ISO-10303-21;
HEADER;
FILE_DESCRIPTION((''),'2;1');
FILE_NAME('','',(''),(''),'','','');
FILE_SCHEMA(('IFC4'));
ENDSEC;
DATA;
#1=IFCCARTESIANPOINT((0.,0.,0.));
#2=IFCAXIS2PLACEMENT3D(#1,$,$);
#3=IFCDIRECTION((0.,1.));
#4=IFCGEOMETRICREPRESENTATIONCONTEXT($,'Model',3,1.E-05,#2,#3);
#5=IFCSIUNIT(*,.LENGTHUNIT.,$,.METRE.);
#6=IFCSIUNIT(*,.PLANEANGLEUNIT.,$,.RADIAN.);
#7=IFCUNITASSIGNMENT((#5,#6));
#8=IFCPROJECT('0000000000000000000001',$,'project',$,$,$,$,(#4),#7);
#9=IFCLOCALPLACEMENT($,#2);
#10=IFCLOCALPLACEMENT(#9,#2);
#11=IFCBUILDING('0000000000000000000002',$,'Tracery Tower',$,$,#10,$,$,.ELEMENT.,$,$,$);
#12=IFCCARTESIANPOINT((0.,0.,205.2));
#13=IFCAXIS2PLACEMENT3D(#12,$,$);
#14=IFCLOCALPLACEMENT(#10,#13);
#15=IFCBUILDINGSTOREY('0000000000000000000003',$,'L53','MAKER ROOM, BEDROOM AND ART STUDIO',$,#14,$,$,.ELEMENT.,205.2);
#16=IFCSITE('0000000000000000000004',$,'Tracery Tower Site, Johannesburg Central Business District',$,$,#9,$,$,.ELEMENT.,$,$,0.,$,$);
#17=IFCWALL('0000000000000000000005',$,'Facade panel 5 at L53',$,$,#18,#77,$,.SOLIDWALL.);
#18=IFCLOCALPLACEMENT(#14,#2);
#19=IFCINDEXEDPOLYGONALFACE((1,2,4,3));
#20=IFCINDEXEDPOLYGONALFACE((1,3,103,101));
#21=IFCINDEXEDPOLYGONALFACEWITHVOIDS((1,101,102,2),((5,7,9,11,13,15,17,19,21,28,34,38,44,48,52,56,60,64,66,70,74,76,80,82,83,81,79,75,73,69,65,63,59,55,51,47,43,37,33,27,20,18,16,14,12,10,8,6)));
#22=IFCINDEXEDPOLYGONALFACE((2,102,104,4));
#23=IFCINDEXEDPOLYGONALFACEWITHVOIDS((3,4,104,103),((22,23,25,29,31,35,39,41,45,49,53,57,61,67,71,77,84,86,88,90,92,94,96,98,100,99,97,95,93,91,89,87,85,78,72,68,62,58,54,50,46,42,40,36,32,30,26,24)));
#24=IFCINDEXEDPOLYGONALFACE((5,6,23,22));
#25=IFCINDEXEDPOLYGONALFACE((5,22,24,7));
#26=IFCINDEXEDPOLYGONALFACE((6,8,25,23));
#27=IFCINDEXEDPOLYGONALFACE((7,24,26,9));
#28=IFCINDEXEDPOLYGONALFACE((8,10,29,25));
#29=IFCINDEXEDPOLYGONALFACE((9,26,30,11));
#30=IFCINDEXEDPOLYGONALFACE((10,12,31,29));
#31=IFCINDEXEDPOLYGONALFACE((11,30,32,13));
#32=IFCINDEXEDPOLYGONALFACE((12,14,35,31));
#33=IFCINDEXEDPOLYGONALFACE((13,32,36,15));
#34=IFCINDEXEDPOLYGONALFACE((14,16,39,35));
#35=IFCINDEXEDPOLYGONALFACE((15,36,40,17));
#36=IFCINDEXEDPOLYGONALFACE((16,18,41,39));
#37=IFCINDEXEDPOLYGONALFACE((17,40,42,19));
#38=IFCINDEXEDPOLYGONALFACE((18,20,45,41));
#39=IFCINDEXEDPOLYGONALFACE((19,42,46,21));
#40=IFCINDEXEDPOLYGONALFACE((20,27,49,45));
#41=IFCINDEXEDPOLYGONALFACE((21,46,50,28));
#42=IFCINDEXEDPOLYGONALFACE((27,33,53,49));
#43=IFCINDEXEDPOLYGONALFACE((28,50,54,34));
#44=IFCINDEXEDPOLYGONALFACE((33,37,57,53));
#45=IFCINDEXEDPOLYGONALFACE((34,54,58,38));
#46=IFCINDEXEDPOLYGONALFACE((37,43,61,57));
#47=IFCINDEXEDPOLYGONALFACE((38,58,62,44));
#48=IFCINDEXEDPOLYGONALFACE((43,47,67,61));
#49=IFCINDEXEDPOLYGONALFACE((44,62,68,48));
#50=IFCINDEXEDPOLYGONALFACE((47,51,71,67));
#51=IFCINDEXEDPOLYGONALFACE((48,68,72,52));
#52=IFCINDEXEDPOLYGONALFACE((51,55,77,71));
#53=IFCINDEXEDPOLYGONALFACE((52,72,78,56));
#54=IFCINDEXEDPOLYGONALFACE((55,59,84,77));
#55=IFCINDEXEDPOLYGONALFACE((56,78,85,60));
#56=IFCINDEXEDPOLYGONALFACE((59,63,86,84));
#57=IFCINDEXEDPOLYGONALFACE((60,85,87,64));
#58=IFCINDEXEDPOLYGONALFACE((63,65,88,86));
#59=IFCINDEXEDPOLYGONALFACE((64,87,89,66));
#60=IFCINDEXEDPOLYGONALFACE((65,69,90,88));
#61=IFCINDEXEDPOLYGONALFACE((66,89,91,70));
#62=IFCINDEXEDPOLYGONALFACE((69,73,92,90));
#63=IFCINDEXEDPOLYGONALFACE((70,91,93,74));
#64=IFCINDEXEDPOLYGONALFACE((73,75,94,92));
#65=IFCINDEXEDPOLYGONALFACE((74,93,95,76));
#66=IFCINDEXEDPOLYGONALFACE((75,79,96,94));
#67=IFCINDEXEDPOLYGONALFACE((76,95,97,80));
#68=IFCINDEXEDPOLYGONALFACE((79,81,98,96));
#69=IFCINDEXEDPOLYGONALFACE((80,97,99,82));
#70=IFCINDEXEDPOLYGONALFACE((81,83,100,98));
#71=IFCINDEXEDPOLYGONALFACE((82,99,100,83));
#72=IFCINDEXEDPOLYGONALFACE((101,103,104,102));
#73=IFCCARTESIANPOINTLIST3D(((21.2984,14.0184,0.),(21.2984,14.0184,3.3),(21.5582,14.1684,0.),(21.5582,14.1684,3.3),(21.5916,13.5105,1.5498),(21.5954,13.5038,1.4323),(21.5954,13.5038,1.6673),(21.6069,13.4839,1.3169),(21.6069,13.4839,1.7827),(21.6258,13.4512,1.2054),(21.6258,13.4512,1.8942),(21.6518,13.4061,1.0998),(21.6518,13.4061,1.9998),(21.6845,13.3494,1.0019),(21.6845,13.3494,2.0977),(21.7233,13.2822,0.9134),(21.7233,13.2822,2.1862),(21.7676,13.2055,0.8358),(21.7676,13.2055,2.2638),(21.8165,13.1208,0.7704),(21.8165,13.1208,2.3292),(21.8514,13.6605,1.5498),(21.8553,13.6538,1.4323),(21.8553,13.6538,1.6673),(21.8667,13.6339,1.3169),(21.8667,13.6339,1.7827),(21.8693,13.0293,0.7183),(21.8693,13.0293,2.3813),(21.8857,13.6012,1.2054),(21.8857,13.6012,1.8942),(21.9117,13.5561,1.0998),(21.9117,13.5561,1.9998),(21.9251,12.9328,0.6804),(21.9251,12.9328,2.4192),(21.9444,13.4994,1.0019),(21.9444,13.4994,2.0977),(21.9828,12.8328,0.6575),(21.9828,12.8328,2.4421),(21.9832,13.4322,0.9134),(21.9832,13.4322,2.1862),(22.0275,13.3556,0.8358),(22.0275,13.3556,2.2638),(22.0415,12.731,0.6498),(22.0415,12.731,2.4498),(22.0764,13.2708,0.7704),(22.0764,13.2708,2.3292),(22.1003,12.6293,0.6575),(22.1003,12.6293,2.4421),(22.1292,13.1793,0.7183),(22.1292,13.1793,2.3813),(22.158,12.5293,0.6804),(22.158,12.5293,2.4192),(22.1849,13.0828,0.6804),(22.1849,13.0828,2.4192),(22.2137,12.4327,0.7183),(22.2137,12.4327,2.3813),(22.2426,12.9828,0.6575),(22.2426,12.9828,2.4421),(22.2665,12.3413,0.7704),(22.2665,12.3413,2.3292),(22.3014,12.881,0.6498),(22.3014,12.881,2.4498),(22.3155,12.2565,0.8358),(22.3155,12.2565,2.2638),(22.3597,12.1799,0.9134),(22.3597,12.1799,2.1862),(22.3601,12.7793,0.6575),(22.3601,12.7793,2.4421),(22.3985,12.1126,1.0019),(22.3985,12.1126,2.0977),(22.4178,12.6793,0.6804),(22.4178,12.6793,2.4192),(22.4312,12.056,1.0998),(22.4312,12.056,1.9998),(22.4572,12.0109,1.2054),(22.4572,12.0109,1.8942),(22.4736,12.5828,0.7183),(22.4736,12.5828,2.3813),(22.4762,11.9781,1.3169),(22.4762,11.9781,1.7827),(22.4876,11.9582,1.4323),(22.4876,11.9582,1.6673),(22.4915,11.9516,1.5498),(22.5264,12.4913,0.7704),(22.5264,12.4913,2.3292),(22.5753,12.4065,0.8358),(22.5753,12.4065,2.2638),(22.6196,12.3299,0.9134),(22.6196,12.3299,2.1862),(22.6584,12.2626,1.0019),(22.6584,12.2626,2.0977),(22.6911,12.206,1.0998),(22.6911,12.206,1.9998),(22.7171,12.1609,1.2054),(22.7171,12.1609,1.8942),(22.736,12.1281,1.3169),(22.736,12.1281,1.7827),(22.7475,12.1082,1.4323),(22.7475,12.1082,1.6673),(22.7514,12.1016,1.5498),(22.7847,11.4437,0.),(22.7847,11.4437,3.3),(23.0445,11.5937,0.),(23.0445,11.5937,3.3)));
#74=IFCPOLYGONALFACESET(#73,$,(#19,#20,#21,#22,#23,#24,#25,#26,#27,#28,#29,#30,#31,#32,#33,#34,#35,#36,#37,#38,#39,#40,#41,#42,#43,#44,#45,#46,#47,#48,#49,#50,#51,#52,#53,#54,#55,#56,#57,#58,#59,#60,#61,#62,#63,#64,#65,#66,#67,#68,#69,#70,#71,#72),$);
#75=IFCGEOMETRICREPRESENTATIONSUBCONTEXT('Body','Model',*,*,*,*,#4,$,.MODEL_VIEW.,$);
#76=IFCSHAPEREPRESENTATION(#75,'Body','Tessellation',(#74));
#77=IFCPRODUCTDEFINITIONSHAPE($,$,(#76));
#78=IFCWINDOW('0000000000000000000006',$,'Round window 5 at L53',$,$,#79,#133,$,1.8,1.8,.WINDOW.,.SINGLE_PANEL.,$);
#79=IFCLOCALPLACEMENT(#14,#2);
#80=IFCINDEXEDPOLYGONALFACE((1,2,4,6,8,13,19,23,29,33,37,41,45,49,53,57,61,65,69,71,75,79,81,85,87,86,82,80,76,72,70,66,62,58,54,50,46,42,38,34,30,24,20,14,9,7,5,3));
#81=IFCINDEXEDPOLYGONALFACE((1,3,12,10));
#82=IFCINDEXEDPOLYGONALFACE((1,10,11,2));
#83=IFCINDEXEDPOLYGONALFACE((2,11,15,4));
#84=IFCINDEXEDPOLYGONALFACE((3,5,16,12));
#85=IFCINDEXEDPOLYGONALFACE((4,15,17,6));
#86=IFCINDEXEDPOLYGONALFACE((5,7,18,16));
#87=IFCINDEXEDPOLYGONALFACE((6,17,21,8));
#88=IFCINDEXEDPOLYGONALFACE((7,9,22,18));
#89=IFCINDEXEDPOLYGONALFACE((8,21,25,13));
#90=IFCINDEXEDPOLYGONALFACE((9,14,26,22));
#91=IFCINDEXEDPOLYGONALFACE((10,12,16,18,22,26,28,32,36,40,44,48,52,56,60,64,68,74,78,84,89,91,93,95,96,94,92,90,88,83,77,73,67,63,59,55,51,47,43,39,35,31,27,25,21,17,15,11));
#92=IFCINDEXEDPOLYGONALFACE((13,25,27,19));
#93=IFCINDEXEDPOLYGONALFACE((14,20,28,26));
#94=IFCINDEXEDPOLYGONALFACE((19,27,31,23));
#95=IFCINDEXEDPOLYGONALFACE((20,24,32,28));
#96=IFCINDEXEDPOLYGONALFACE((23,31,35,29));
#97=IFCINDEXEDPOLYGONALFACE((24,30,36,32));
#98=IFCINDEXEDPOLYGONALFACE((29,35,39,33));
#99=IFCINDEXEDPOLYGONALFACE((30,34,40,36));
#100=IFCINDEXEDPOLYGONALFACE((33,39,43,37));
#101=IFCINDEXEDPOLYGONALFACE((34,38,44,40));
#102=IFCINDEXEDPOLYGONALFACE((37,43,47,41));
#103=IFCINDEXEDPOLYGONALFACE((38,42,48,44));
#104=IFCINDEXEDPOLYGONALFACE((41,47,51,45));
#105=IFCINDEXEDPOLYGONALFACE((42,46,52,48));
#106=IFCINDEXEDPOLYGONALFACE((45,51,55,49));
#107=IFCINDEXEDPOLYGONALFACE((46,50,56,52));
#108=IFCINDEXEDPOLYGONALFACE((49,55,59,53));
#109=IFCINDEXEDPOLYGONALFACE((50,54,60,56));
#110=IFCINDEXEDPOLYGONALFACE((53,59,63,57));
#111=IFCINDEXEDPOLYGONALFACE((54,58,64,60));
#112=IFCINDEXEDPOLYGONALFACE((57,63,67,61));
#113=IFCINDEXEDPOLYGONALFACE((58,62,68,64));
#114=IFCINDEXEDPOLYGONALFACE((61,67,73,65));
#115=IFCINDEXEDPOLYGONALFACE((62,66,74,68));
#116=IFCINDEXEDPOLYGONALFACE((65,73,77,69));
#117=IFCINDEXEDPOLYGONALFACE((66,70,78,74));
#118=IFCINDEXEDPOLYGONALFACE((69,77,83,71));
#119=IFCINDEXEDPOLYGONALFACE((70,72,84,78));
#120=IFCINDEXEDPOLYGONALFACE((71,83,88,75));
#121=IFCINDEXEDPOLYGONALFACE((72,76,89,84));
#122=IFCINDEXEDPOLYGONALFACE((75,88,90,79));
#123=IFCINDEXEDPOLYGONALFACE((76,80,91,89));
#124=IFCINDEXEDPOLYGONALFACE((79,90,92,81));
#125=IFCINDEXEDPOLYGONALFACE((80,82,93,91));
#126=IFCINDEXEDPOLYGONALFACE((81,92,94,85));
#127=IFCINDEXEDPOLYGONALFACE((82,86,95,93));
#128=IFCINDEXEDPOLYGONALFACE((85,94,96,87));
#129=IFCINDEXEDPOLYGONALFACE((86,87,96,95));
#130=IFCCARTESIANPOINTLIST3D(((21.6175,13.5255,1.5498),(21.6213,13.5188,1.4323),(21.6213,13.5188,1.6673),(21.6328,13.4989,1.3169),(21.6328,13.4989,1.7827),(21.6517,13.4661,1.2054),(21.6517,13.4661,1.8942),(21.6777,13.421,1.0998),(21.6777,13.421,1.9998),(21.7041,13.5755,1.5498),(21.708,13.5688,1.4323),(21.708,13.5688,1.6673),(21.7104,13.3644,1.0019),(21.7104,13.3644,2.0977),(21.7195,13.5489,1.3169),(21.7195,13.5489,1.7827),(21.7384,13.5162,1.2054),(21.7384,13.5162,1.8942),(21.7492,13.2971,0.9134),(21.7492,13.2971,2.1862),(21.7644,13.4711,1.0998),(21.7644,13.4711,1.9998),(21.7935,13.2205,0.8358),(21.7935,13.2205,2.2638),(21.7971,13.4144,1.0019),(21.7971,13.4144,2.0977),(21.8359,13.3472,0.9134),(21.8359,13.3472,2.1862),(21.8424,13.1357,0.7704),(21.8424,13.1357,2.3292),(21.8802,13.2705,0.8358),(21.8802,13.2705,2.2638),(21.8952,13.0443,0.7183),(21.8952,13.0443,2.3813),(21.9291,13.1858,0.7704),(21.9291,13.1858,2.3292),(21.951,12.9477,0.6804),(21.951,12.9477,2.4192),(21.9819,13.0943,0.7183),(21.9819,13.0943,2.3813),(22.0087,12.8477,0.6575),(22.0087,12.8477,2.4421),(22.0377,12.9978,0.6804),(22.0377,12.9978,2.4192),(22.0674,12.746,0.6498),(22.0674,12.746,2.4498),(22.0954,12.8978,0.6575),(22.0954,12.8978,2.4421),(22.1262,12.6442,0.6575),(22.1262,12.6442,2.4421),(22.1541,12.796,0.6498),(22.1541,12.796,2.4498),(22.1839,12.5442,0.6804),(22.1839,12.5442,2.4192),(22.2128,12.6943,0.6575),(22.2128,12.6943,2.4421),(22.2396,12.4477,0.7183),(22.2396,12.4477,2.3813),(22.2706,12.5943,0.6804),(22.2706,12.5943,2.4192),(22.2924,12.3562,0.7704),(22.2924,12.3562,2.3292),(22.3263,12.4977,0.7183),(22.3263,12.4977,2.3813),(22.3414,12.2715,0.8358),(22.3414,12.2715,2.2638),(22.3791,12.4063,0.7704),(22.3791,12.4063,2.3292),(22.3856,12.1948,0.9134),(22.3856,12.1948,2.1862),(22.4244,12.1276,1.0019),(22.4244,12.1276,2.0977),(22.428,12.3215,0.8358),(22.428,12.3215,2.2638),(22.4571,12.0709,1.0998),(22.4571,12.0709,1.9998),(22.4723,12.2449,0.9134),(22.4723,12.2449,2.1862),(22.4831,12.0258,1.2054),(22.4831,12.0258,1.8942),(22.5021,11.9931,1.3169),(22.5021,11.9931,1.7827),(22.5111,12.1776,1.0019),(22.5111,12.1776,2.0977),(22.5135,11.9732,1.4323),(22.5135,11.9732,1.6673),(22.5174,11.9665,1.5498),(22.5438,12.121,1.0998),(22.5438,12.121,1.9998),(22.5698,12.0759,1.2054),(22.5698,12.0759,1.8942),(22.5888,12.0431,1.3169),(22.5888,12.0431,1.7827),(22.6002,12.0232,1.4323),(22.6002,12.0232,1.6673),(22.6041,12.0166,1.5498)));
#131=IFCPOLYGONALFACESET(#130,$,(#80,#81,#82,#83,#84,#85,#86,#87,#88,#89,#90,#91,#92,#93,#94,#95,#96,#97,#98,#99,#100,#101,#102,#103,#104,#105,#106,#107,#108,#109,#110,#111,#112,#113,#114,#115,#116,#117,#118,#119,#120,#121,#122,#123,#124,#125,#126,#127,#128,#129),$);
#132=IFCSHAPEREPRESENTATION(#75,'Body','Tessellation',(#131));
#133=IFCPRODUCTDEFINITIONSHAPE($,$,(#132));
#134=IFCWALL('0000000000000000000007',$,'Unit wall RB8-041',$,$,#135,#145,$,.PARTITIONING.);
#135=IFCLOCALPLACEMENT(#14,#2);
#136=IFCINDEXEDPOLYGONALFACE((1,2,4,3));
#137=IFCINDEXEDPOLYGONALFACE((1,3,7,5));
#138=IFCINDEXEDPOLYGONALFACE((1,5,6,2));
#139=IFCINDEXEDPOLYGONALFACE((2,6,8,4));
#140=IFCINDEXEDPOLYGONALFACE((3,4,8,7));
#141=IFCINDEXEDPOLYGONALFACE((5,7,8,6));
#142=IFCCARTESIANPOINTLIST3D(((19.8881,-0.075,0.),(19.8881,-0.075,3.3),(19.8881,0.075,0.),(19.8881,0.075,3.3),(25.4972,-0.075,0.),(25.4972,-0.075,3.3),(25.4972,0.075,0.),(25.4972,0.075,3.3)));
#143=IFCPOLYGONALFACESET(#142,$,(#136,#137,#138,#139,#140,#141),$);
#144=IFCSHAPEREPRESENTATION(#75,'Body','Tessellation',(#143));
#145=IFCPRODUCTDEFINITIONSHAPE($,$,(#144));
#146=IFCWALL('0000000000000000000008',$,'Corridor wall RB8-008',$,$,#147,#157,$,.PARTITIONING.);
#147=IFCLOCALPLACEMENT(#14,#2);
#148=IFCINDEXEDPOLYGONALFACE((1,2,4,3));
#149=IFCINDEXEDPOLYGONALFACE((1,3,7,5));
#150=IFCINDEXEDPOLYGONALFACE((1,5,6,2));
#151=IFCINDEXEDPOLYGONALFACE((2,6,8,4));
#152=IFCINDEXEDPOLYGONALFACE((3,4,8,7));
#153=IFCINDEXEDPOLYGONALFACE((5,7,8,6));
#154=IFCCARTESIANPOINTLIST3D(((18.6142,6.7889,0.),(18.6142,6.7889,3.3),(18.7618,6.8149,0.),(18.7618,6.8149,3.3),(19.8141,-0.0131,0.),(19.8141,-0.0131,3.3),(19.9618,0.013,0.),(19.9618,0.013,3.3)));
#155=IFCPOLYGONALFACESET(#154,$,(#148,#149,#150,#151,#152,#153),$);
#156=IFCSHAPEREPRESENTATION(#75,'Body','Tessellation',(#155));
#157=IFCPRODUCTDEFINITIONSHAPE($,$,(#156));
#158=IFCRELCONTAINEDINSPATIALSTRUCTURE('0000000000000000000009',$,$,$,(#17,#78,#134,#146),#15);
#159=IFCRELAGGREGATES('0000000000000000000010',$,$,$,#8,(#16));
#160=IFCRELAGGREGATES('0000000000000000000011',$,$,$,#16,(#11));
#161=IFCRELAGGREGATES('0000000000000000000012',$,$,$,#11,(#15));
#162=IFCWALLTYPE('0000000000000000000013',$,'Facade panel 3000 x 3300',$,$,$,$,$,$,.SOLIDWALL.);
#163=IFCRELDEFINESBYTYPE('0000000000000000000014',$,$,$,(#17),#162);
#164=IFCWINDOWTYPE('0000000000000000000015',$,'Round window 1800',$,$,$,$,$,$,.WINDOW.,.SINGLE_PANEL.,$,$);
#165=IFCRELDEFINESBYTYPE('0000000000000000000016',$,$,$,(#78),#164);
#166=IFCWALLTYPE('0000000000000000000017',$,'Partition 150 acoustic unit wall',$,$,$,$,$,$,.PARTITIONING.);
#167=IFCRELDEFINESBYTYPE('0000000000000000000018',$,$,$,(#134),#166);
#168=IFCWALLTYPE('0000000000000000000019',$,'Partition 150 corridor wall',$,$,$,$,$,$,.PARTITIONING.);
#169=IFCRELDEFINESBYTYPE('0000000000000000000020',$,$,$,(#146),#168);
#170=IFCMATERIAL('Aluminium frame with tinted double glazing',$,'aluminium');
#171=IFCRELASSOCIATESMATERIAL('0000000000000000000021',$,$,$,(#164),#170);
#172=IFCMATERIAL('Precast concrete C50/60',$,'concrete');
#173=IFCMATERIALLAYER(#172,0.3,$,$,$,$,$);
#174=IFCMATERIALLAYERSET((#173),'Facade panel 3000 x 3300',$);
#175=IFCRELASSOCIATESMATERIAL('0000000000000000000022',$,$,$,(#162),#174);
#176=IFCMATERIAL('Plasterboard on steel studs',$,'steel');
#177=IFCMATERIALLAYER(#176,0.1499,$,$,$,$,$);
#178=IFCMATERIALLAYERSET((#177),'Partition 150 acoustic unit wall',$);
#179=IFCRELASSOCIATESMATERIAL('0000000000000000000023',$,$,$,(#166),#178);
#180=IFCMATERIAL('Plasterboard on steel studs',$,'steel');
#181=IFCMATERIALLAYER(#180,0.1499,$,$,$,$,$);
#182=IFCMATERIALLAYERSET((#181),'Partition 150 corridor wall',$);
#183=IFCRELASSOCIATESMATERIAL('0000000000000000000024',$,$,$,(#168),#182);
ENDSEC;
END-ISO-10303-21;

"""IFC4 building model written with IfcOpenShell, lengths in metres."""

from ifc_helpers import new_model, si_unit, direction, frame, frame_2d, origin, origin_2d, place, context, subcontext, project, spatial, rectangle, circle, extrude, material, layer, layer_set, type_object, element, fill, save


model = new_model("IFC4")

# Units and contexts
model_context = context("Model", 3, precision=1e-05, world=origin(), true_north=direction((0.0, 1.0)))
body_context = subcontext(model_context, "Body", "Model", "MODEL_VIEW")
ifc_project = project(units=[si_unit("LENGTHUNIT", "METRE"), si_unit("PLANEANGLEUNIT", "RADIAN")], contexts=[model_context])

# Site, building, storey
site_placement = place(None, origin())
site = spatial("IfcSite", under=ifc_project, at=site_placement, Name="Tracery Tower Site, Johannesburg Central Business District", CompositionType="ELEMENT", RefElevation=0.0)
building_placement = place(site_placement, origin())
building = spatial("IfcBuilding", under=site, at=building_placement, Name="Tracery Tower", CompositionType="ELEMENT")
storey_placement = place(building_placement, frame((0.0, 0.0, 205.2)))
storey = spatial("IfcBuildingStorey", under=building, at=storey_placement, Name="L53", Description="MAKER ROOM, BEDROOM AND ART STUDIO", CompositionType="ELEMENT", Elevation=205.2)

# Wall, opening, window
ifc_material_1 = material(Name="Aluminium frame with tinted double glazing", Category="aluminium")
window_type = type_object("IfcWindowType", Name="Round window 1800", PartitioningType="SINGLE_PANEL", PredefinedType="WINDOW", material=ifc_material_1)
ifc_material_2 = material(Name="Precast concrete C50/60", Category="concrete")
ifc_layer_1 = layer(ifc_material_2, 0.3)
ifc_layer_set_1 = layer_set([ifc_layer_1], Name="Facade panel 3000 x 3300")
wall_type_1 = type_object("IfcWallType", Name="Facade panel 3000 x 3300", PredefinedType="SOLIDWALL", material=ifc_layer_set_1)
wall_1_placement = place(storey_placement, frame((22.9146, 11.5188, 0.0), z_axis=(0.0, 0.0, 1.0), x_axis=(-0.499955, 0.866052, 0.0)))
wall_1 = element("IfcWall", 1, at=wall_1_placement, inside=storey, type_object=wall_type_1, Name="Facade panel 5 at L53", PredefinedType="SOLIDWALL", context=body_context, shape_type="SweptSolid", body=[
    extrude(rectangle(XDim=2.9729, YDim=0.3, at=frame_2d((1.4863, 0.0))), origin(), (0.0, 0.0, 1.0), 3.3),
])
opening_1_placement = place(wall_1_placement, frame((1.4863, 0.0, 1.5498)))
opening_1 = element("IfcOpeningElement", 2, at=opening_1_placement, cuts=wall_1, PredefinedType="OPENING", context=body_context, shape_type="SweptSolid", body=[
    extrude(circle(Radius=0.9, at=origin_2d()), frame((0.0, 0.1599, 0.0), z_axis=(0.0, -1.0, 0.0), x_axis=(1.0, 0.0, 0.0)), (0.0, 0.0, 1.0), 0.3201),
])
window_1_placement = place(opening_1_placement, origin())
window_1 = element("IfcWindow", 3, at=window_1_placement, inside=storey, type_object=window_type, Name="Round window 5 at L53", OverallHeight=1.8, OverallWidth=1.8, PartitioningType="SINGLE_PANEL", PredefinedType="WINDOW", context=body_context, shape_type="SweptSolid", body=[
    extrude(circle(Radius=0.9, at=origin_2d()), frame((0.0, 0.1201, 0.0), z_axis=(0.0, -1.0, 0.0), x_axis=(1.0, 0.0, 0.0)), (0.0, 0.0, 1.0), 0.1001),
])
fill(opening_1, window_1)

# Walls
ifc_material_3 = material(Name="Plasterboard on steel studs", Category="steel")
ifc_layer_2 = layer(ifc_material_3, 0.1499)
ifc_layer_set_2 = layer_set([ifc_layer_2], Name="Partition 150 acoustic unit wall")
wall_type_2 = type_object("IfcWallType", Name="Partition 150 acoustic unit wall", PredefinedType="PARTITIONING", material=ifc_layer_set_2)
wall_2_placement = place(storey_placement, frame((19.8879, 0.0, 0.0), z_axis=(0.0, 0.0, 1.0), x_axis=(1.0, 0.0, 0.0)))
element("IfcWall", 4, at=wall_2_placement, inside=storey, type_object=wall_type_2, Name="Unit wall RB8-041", PredefinedType="PARTITIONING", context=body_context, shape_type="SweptSolid", body=[
    extrude(rectangle(XDim=5.6091, YDim=0.1499, at=frame_2d((2.8047, 0.0))), origin(), (0.0, 0.0, 1.0), 3.3),
])
ifc_material_4 = material(Name="Plasterboard on steel studs", Category="steel")
ifc_layer_3 = layer(ifc_material_4, 0.1499)
ifc_layer_set_3 = layer_set([ifc_layer_3], Name="Partition 150 corridor wall")
wall_type_3 = type_object("IfcWallType", Name="Partition 150 corridor wall", PredefinedType="PARTITIONING", material=ifc_layer_set_3)
wall_3_placement = place(storey_placement, frame((18.688, 6.802, 0.0), z_axis=(0.0, 0.0, 1.0), x_axis=(0.173729, -0.984794, 0.0)))
element("IfcWall", 5, at=wall_3_placement, inside=storey, type_object=wall_type_3, Name="Corridor wall RB8-008", PredefinedType="PARTITIONING", context=body_context, shape_type="SweptSolid", body=[
    extrude(rectangle(XDim=6.907, YDim=0.1499, at=frame_2d((3.4536, 0.0))), origin(), (0.0, 0.0, 1.0), 3.3),
])

save(model, "model.ifc")
